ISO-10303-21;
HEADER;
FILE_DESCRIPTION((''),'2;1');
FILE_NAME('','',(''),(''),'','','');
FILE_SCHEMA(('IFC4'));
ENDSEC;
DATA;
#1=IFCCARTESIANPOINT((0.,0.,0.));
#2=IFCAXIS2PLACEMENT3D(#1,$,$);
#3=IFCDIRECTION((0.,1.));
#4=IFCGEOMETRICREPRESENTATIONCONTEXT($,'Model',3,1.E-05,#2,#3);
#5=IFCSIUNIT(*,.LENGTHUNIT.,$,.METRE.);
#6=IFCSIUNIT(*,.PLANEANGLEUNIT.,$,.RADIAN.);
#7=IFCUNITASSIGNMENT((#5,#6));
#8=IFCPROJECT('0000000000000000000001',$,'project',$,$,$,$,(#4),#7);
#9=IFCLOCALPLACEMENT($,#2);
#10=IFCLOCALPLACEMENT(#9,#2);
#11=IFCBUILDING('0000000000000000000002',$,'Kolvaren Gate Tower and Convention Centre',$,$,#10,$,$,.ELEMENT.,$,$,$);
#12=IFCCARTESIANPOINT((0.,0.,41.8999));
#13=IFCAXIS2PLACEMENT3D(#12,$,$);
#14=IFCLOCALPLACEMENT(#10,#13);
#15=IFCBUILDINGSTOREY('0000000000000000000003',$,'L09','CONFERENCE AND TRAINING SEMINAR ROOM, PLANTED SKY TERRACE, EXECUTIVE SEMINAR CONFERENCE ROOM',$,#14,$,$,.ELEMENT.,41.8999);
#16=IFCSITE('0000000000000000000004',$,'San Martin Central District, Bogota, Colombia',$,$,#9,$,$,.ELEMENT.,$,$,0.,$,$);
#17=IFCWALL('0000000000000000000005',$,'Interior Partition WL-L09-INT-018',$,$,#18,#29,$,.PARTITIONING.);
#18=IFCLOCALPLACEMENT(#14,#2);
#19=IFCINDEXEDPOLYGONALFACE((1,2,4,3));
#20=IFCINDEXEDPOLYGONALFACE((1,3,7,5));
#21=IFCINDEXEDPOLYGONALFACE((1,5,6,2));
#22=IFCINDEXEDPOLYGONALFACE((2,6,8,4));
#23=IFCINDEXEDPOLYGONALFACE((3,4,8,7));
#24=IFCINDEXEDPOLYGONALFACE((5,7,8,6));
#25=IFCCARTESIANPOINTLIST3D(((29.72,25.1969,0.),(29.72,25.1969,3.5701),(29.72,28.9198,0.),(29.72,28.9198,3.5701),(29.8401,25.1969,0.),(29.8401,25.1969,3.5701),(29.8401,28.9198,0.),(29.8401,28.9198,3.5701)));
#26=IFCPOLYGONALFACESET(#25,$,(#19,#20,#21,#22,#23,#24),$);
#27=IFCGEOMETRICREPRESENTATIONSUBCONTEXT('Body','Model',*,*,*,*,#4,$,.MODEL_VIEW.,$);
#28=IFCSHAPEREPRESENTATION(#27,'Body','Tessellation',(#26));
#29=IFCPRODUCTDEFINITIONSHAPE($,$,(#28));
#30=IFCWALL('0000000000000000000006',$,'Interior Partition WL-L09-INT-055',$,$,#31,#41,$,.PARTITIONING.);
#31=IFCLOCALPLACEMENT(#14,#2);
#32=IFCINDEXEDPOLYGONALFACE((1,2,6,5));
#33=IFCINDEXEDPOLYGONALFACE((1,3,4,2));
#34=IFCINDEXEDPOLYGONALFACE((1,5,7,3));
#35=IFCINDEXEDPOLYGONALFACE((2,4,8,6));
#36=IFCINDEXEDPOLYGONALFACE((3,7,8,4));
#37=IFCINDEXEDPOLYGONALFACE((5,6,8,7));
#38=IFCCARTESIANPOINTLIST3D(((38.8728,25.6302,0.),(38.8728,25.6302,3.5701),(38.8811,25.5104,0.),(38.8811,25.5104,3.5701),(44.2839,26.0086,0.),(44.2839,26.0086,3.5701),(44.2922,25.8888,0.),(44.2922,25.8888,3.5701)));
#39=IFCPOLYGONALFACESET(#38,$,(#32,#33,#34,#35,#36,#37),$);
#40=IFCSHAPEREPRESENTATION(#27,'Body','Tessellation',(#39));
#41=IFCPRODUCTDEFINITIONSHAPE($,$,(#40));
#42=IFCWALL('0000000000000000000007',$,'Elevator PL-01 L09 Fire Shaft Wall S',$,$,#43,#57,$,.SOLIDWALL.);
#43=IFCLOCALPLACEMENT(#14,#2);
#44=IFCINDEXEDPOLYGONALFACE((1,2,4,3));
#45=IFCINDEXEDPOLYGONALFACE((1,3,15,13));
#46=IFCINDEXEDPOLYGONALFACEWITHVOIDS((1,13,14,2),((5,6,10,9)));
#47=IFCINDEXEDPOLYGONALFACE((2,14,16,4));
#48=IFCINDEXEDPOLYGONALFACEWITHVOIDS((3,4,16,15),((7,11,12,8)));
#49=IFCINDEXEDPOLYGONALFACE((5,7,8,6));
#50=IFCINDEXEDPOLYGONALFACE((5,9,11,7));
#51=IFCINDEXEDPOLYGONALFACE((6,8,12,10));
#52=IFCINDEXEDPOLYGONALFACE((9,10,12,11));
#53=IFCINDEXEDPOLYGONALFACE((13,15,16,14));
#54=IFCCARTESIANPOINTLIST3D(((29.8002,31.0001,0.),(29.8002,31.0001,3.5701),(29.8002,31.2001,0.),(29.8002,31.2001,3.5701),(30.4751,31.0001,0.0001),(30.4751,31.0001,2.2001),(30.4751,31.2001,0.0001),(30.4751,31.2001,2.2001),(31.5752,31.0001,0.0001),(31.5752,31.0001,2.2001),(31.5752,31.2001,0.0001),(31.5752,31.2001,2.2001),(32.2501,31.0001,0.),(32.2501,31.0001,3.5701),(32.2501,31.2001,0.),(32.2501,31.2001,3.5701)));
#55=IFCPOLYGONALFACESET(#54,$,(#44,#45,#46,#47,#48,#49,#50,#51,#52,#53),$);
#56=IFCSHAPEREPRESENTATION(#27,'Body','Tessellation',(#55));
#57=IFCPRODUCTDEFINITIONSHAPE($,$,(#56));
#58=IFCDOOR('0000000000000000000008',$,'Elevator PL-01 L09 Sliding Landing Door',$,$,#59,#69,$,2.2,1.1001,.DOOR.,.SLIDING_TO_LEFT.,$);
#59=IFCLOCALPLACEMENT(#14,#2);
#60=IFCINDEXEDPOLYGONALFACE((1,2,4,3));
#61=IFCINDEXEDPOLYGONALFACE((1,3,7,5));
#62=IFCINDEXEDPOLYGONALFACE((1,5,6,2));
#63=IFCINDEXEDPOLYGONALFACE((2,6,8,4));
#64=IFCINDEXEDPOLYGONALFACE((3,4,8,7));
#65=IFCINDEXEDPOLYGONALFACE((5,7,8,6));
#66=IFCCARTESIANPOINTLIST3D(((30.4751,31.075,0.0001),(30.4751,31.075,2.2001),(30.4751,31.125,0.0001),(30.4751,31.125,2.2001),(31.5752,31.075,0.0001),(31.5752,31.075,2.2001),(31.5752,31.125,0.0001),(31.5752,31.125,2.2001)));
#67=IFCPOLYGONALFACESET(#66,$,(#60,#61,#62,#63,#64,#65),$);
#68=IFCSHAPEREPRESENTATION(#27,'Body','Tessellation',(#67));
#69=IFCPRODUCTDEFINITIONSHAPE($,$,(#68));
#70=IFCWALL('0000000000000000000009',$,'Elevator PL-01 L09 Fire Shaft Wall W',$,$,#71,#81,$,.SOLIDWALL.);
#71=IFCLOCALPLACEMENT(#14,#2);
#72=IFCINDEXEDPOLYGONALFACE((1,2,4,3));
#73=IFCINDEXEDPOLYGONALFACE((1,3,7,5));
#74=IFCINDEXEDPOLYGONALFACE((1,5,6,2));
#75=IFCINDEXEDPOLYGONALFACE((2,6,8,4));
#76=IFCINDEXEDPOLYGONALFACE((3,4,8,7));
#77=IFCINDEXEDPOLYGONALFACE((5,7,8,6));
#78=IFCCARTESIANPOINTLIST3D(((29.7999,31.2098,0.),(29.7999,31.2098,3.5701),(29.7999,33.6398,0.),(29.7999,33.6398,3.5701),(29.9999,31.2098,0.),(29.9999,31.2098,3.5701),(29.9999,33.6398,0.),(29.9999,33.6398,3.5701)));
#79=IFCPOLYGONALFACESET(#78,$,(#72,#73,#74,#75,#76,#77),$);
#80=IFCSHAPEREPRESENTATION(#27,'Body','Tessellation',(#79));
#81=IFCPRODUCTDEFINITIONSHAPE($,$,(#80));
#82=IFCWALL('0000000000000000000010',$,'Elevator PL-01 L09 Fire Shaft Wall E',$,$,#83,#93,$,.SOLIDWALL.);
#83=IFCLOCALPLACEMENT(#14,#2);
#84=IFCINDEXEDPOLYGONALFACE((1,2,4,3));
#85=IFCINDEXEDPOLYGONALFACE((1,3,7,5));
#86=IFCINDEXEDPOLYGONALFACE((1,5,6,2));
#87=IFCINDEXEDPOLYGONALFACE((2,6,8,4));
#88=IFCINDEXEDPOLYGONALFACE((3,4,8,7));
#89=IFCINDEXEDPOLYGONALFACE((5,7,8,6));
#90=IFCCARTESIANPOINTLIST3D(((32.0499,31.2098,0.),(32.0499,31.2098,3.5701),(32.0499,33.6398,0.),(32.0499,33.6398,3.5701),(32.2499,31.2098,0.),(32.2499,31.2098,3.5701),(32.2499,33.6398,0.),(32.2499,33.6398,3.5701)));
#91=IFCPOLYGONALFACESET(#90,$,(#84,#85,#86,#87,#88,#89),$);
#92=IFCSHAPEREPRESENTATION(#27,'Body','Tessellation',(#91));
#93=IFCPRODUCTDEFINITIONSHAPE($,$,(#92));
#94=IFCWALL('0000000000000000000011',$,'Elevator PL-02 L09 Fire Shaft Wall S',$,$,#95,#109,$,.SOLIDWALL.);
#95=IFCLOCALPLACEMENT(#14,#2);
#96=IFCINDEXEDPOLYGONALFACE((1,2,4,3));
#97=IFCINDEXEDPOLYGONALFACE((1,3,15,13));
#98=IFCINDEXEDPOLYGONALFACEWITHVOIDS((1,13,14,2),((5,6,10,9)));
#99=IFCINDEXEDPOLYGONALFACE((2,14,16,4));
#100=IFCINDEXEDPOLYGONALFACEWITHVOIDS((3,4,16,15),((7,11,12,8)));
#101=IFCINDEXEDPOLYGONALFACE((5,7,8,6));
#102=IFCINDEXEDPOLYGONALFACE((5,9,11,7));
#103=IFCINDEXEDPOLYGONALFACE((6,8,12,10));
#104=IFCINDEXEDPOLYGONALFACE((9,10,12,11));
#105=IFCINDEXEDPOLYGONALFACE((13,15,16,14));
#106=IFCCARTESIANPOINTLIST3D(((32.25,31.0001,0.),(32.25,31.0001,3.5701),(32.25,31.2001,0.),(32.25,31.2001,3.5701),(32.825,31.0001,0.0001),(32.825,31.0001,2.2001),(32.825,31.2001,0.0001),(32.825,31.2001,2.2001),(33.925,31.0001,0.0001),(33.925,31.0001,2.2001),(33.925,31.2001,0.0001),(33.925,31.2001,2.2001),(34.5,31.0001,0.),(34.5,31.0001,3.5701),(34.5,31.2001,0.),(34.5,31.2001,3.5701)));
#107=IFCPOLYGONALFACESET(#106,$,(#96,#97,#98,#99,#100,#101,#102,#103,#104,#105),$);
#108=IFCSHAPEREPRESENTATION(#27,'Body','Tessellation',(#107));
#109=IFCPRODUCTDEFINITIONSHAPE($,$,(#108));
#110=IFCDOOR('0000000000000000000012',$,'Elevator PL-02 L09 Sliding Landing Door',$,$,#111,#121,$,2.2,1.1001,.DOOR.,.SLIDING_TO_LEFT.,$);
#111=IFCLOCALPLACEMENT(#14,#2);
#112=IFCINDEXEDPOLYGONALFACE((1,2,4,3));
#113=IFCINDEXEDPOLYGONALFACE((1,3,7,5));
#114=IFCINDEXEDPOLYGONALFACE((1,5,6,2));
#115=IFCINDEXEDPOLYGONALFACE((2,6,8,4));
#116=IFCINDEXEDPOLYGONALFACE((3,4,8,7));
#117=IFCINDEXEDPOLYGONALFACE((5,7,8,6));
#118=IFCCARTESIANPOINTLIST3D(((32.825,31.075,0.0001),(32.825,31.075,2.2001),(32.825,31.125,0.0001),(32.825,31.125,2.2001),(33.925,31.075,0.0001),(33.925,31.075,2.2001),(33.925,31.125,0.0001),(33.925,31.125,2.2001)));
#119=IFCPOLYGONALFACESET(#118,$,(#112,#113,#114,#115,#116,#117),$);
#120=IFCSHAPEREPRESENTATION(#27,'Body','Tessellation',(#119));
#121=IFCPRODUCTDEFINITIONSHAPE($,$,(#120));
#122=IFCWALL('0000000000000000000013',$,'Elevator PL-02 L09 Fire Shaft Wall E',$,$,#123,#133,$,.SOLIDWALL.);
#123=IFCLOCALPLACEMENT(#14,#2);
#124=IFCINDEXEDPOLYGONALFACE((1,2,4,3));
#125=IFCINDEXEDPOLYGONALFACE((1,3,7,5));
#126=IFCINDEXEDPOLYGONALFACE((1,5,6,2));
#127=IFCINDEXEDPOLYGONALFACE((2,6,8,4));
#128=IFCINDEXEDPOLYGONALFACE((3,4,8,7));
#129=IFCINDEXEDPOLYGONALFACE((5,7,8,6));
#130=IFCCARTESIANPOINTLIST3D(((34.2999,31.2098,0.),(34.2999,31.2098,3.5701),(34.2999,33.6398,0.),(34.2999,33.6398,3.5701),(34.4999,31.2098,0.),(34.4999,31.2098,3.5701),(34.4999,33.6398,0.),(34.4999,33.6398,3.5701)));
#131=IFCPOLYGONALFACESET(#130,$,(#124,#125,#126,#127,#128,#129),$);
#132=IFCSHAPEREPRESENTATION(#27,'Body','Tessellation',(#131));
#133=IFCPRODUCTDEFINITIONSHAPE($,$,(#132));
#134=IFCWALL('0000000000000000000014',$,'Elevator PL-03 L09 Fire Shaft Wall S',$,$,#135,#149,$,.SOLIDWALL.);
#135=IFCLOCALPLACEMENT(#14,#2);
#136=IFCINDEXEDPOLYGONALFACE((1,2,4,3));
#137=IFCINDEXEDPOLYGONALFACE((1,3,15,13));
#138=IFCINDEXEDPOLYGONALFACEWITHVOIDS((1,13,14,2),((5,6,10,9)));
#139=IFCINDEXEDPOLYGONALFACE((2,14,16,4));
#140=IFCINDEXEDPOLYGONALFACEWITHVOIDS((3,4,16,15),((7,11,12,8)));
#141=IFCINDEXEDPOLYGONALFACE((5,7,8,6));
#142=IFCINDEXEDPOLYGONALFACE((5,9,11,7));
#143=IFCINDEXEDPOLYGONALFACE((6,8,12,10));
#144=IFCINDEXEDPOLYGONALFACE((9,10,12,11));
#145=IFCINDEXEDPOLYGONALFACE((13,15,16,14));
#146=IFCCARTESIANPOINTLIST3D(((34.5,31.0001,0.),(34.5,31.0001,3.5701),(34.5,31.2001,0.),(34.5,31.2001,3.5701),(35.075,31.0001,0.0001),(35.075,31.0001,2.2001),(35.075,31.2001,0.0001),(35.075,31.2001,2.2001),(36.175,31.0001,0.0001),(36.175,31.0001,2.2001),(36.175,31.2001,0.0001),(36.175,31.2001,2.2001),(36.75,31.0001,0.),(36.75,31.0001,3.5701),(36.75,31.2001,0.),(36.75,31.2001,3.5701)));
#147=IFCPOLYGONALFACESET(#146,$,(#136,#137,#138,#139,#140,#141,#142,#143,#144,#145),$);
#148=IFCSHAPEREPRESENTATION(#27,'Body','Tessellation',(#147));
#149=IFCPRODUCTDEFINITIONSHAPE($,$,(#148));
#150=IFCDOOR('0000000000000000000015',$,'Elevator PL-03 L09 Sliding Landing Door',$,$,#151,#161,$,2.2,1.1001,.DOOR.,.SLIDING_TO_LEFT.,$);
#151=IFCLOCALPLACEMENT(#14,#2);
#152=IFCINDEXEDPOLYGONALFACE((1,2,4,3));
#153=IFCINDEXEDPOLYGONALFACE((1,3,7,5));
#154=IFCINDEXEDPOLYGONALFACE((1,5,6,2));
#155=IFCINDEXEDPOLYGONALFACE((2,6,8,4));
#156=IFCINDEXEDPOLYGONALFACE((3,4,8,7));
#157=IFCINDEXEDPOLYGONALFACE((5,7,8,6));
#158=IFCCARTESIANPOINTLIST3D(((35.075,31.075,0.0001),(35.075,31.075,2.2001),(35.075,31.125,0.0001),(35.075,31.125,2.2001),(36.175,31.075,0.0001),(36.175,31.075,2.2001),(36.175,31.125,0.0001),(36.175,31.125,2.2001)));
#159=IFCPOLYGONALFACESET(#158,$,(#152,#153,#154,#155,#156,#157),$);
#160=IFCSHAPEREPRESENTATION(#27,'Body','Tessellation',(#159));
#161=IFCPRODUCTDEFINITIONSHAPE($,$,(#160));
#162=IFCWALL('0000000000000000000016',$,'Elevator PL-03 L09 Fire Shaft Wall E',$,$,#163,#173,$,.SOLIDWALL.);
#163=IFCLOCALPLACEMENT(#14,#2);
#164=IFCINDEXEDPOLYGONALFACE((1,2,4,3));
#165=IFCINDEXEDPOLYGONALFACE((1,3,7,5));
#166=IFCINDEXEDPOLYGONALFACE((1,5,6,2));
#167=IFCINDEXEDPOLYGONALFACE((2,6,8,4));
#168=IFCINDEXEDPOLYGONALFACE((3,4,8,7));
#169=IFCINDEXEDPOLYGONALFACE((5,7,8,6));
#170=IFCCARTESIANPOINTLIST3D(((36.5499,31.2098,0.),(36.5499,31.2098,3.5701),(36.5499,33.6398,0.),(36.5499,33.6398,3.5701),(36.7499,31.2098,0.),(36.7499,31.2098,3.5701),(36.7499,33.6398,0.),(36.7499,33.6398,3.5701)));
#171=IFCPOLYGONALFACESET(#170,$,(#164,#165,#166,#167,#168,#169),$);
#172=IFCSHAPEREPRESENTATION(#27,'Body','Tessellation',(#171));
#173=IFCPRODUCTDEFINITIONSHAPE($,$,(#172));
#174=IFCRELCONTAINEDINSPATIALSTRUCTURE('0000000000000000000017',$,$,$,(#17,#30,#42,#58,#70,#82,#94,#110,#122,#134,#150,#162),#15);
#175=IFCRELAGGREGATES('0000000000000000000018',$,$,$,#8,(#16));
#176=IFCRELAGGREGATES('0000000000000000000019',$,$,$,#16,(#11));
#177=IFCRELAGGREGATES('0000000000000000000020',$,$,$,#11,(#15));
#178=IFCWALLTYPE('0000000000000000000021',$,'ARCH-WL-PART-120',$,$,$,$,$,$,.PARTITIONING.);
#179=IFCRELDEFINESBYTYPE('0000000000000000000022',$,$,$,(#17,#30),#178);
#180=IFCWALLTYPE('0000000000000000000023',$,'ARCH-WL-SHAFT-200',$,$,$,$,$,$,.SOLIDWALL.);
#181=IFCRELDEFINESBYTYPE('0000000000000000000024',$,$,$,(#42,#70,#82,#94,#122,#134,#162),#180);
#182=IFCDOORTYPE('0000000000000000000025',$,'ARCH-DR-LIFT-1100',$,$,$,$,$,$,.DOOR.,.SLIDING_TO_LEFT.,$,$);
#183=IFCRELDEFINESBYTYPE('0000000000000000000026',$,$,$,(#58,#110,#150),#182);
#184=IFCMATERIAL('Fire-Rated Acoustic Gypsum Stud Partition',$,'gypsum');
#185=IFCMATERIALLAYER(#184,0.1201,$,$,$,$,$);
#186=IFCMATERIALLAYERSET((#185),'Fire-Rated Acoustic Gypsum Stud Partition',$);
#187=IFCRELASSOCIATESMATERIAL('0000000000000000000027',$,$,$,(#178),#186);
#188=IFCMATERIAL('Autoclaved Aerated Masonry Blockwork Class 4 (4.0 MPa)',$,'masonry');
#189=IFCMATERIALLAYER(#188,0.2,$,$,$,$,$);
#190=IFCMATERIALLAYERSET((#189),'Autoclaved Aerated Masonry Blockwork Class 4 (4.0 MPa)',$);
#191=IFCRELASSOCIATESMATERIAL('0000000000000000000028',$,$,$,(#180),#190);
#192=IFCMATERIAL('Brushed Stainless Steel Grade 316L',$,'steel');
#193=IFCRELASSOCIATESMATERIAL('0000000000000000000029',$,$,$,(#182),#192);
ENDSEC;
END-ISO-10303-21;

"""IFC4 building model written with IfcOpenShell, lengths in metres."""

from ifc_helpers import new_model, si_unit, direction, frame, frame_2d, origin, place, context, subcontext, project, spatial, rectangle, extrude, material, layer, layer_set, type_object, element, fill, save


model = new_model("IFC4")

# Units and contexts
model_context = context("Model", 3, precision=1e-05, world=origin(), true_north=direction((0.0, 1.0)))
body_context = subcontext(model_context, "Body", "Model", "MODEL_VIEW")
ifc_project = project(units=[si_unit("LENGTHUNIT", "METRE"), si_unit("PLANEANGLEUNIT", "RADIAN")], contexts=[model_context])

# Site, building, storey
site_placement = place(None, origin())
site = spatial("IfcSite", under=ifc_project, at=site_placement, Name="San Martin Central District, Bogota, Colombia", CompositionType="ELEMENT", RefElevation=0.0)
building_placement = place(site_placement, origin())
building = spatial("IfcBuilding", under=site, at=building_placement, Name="Kolvaren Gate Tower and Convention Centre", CompositionType="ELEMENT")
storey_placement = place(building_placement, frame((0.0, 0.0, 41.8999)))
storey = spatial("IfcBuildingStorey", under=building, at=storey_placement, Name="L09", Description="CONFERENCE AND TRAINING SEMINAR ROOM, PLANTED SKY TERRACE, EXECUTIVE SEMINAR CONFERENCE ROOM", CompositionType="ELEMENT", Elevation=41.8999)

# Walls
ifc_material_1 = material(Name="Fire-Rated Acoustic Gypsum Stud Partition", Category="gypsum")
ifc_layer_1 = layer(ifc_material_1, 0.1201)
ifc_layer_set_1 = layer_set([ifc_layer_1], Name="Fire-Rated Acoustic Gypsum Stud Partition")
wall_type_1 = type_object("IfcWallType", Name="ARCH-WL-PART-120", PredefinedType="PARTITIONING", material=ifc_layer_set_1)
wall_1_placement = place(storey_placement, frame((29.78, 25.197, 0.0), z_axis=(0.0, 0.0, 1.0), x_axis=(0.0, 1.0, 0.0)))
element("IfcWall", 1, at=wall_1_placement, inside=storey, type_object=wall_type_1, Name="Interior Partition WL-L09-INT-018", PredefinedType="PARTITIONING", context=body_context, shape_type="SweptSolid", body=[
    extrude(rectangle(XDim=3.7229, YDim=0.1201, at=frame_2d((1.8613, 0.0))), origin(), (0.0, 0.0, 1.0), 3.5701),
])
wall_2_placement = place(storey_placement, frame((38.877, 25.5703, 0.0), z_axis=(0.0, 0.0, 1.0), x_axis=(0.997564, 0.069763, 0.0)))
element("IfcWall", 2, at=wall_2_placement, inside=storey, type_object=wall_type_1, Name="Interior Partition WL-L09-INT-055", PredefinedType="PARTITIONING", context=body_context, shape_type="SweptSolid", body=[
    extrude(rectangle(XDim=5.4243, YDim=0.1201, at=frame_2d((2.7122, 0.0))), origin(), (0.0, 0.0, 1.0), 3.5701),
])

# Wall, opening, door
ifc_material_2 = material(Name="Autoclaved Aerated Masonry Blockwork Class 4 (4.0 MPa)", Category="masonry")
ifc_layer_2 = layer(ifc_material_2, 0.2)
ifc_layer_set_2 = layer_set([ifc_layer_2], Name="Autoclaved Aerated Masonry Blockwork Class 4 (4.0 MPa)")
wall_type_2 = type_object("IfcWallType", Name="ARCH-WL-SHAFT-200", PredefinedType="SOLIDWALL", material=ifc_layer_set_2)
wall_3_placement = place(storey_placement, frame((29.8, 31.1001, 0.0), z_axis=(0.0, 0.0, 1.0), x_axis=(1.0, 0.0, 0.0)))
wall_3 = element("IfcWall", 3, at=wall_3_placement, inside=storey, type_object=wall_type_2, Name="Elevator PL-01 L09 Fire Shaft Wall S", PredefinedType="SOLIDWALL", context=body_context, shape_type="SweptSolid", body=[
    extrude(rectangle(XDim=2.45, YDim=0.2, at=frame_2d((1.2251, 0.0))), origin(), (0.0, 0.0, 1.0), 3.5701),
])
opening_1_placement = place(wall_3_placement, frame((0.675, 0.0, 0.0)))
opening_1 = element("IfcOpeningElement", 4, at=opening_1_placement, cuts=wall_3, PredefinedType="OPENING", context=body_context, shape_type="SweptSolid", body=[
    extrude(rectangle(XDim=1.1001, YDim=2.2, at=frame_2d((0.55, 1.1001))), frame((0.0, 0.1099, 0.0), z_axis=(0.0, -1.0, 0.0), x_axis=(1.0, 0.0, 0.0)), (0.0, 0.0, 1.0), 0.22),
])
ifc_material_3 = material(Name="Brushed Stainless Steel Grade 316L", Category="steel")
door_type_1 = type_object("IfcDoorType", Name="ARCH-DR-LIFT-1100", OperationType="SLIDING_TO_LEFT", PredefinedType="DOOR", material=ifc_material_3)
door_1_placement = place(opening_1_placement, origin())
door_1 = element("IfcDoor", 5, at=door_1_placement, inside=storey, type_object=door_type_1, Name="Elevator PL-01 L09 Sliding Landing Door", OperationType="SLIDING_TO_LEFT", OverallHeight=2.2, OverallWidth=1.1001, PredefinedType="DOOR", context=body_context, shape_type="SweptSolid", body=[
    extrude(rectangle(XDim=1.1001, YDim=2.2, at=frame_2d((0.55, 1.1001))), frame((0.0, 0.0249, 0.0), z_axis=(0.0, -1.0, 0.0), x_axis=(1.0, 0.0, 0.0)), (0.0, 0.0, 1.0), 0.05),
])
fill(opening_1, door_1)

# Walls
for number, where, z_axis, x_axis, name in (
    (6, (29.8999, 31.21, 0.0), (0.0, 0.0, 1.0), (0.0, 1.0, 0.0), "Elevator PL-01 L09 Fire Shaft Wall W"),
    (7, (32.1499, 31.21, 0.0), (0.0, 0.0, 1.0), (0.0, 1.0, 0.0), "Elevator PL-01 L09 Fire Shaft Wall E"),
):
    element("IfcWall", number, at=place(storey_placement, frame(where, z_axis=z_axis, x_axis=x_axis)), inside=storey, type_object=wall_type_2, Name=name, PredefinedType="SOLIDWALL", context=body_context, shape_type="SweptSolid", body=[
        extrude(rectangle(XDim=2.4299, YDim=0.2, at=frame_2d((1.2148, 0.0))), origin(), (0.0, 0.0, 1.0), 3.5701),
    ])

# Wall, opening, door
wall_4_placement = place(storey_placement, frame((32.25, 31.1001, 0.0), z_axis=(0.0, 0.0, 1.0), x_axis=(1.0, 0.0, 0.0)))
wall_4 = element("IfcWall", 8, at=wall_4_placement, inside=storey, type_object=wall_type_2, Name="Elevator PL-02 L09 Fire Shaft Wall S", PredefinedType="SOLIDWALL", context=body_context, shape_type="SweptSolid", body=[
    extrude(rectangle(XDim=2.25, YDim=0.2, at=frame_2d((1.125, 0.0))), origin(), (0.0, 0.0, 1.0), 3.5701),
])
opening_2_placement = place(wall_4_placement, frame((0.575, 0.0, 0.0)))
opening_2 = element("IfcOpeningElement", 9, at=opening_2_placement, cuts=wall_4, PredefinedType="OPENING", context=body_context, shape_type="SweptSolid", body=[
    extrude(rectangle(XDim=1.1001, YDim=2.2, at=frame_2d((0.55, 1.1001))), frame((0.0, 0.1099, 0.0), z_axis=(0.0, -1.0, 0.0), x_axis=(1.0, 0.0, 0.0)), (0.0, 0.0, 1.0), 0.22),
])
door_2_placement = place(opening_2_placement, origin())
door_2 = element("IfcDoor", 10, at=door_2_placement, inside=storey, type_object=door_type_1, Name="Elevator PL-02 L09 Sliding Landing Door", OperationType="SLIDING_TO_LEFT", OverallHeight=2.2, OverallWidth=1.1001, PredefinedType="DOOR", context=body_context, shape_type="SweptSolid", body=[
    extrude(rectangle(XDim=1.1001, YDim=2.2, at=frame_2d((0.55, 1.1001))), frame((0.0, 0.0249, 0.0), z_axis=(0.0, -1.0, 0.0), x_axis=(1.0, 0.0, 0.0)), (0.0, 0.0, 1.0), 0.05),
])
fill(opening_2, door_2)

# Wall
wall_5_placement = place(storey_placement, frame((34.3999, 31.21, 0.0), z_axis=(0.0, 0.0, 1.0), x_axis=(0.0, 1.0, 0.0)))
element("IfcWall", 11, at=wall_5_placement, inside=storey, type_object=wall_type_2, Name="Elevator PL-02 L09 Fire Shaft Wall E", PredefinedType="SOLIDWALL", context=body_context, shape_type="SweptSolid", body=[
    extrude(rectangle(XDim=2.4299, YDim=0.2, at=frame_2d((1.2148, 0.0))), origin(), (0.0, 0.0, 1.0), 3.5701),
])

# Wall, opening, door
wall_6_placement = place(storey_placement, frame((34.5, 31.1001, 0.0), z_axis=(0.0, 0.0, 1.0), x_axis=(1.0, 0.0, 0.0)))
wall_6 = element("IfcWall", 12, at=wall_6_placement, inside=storey, type_object=wall_type_2, Name="Elevator PL-03 L09 Fire Shaft Wall S", PredefinedType="SOLIDWALL", context=body_context, shape_type="SweptSolid", body=[
    extrude(rectangle(XDim=2.25, YDim=0.2, at=frame_2d((1.125, 0.0))), origin(), (0.0, 0.0, 1.0), 3.5701),
])
opening_3_placement = place(wall_6_placement, frame((0.575, 0.0, 0.0)))
opening_3 = element("IfcOpeningElement", 13, at=opening_3_placement, cuts=wall_6, PredefinedType="OPENING", context=body_context, shape_type="SweptSolid", body=[
    extrude(rectangle(XDim=1.1001, YDim=2.2, at=frame_2d((0.55, 1.1001))), frame((0.0, 0.1099, 0.0), z_axis=(0.0, -1.0, 0.0), x_axis=(1.0, 0.0, 0.0)), (0.0, 0.0, 1.0), 0.22),
])
door_3_placement = place(opening_3_placement, origin())
door_3 = element("IfcDoor", 14, at=door_3_placement, inside=storey, type_object=door_type_1, Name="Elevator PL-03 L09 Sliding Landing Door", OperationType="SLIDING_TO_LEFT", OverallHeight=2.2, OverallWidth=1.1001, PredefinedType="DOOR", context=body_context, shape_type="SweptSolid", body=[
    extrude(rectangle(XDim=1.1001, YDim=2.2, at=frame_2d((0.55, 1.1001))), frame((0.0, 0.0249, 0.0), z_axis=(0.0, -1.0, 0.0), x_axis=(1.0, 0.0, 0.0)), (0.0, 0.0, 1.0), 0.05),
])
fill(opening_3, door_3)

# Wall
wall_7_placement = place(storey_placement, frame((36.6499, 31.21, 0.0), z_axis=(0.0, 0.0, 1.0), x_axis=(0.0, 1.0, 0.0)))
element("IfcWall", 15, at=wall_7_placement, inside=storey, type_object=wall_type_2, Name="Elevator PL-03 L09 Fire Shaft Wall E", PredefinedType="SOLIDWALL", context=body_context, shape_type="SweptSolid", body=[
    extrude(rectangle(XDim=2.4299, YDim=0.2, at=frame_2d((1.2148, 0.0))), origin(), (0.0, 0.0, 1.0), 3.5701),
])

save(model, "model.ifc")
